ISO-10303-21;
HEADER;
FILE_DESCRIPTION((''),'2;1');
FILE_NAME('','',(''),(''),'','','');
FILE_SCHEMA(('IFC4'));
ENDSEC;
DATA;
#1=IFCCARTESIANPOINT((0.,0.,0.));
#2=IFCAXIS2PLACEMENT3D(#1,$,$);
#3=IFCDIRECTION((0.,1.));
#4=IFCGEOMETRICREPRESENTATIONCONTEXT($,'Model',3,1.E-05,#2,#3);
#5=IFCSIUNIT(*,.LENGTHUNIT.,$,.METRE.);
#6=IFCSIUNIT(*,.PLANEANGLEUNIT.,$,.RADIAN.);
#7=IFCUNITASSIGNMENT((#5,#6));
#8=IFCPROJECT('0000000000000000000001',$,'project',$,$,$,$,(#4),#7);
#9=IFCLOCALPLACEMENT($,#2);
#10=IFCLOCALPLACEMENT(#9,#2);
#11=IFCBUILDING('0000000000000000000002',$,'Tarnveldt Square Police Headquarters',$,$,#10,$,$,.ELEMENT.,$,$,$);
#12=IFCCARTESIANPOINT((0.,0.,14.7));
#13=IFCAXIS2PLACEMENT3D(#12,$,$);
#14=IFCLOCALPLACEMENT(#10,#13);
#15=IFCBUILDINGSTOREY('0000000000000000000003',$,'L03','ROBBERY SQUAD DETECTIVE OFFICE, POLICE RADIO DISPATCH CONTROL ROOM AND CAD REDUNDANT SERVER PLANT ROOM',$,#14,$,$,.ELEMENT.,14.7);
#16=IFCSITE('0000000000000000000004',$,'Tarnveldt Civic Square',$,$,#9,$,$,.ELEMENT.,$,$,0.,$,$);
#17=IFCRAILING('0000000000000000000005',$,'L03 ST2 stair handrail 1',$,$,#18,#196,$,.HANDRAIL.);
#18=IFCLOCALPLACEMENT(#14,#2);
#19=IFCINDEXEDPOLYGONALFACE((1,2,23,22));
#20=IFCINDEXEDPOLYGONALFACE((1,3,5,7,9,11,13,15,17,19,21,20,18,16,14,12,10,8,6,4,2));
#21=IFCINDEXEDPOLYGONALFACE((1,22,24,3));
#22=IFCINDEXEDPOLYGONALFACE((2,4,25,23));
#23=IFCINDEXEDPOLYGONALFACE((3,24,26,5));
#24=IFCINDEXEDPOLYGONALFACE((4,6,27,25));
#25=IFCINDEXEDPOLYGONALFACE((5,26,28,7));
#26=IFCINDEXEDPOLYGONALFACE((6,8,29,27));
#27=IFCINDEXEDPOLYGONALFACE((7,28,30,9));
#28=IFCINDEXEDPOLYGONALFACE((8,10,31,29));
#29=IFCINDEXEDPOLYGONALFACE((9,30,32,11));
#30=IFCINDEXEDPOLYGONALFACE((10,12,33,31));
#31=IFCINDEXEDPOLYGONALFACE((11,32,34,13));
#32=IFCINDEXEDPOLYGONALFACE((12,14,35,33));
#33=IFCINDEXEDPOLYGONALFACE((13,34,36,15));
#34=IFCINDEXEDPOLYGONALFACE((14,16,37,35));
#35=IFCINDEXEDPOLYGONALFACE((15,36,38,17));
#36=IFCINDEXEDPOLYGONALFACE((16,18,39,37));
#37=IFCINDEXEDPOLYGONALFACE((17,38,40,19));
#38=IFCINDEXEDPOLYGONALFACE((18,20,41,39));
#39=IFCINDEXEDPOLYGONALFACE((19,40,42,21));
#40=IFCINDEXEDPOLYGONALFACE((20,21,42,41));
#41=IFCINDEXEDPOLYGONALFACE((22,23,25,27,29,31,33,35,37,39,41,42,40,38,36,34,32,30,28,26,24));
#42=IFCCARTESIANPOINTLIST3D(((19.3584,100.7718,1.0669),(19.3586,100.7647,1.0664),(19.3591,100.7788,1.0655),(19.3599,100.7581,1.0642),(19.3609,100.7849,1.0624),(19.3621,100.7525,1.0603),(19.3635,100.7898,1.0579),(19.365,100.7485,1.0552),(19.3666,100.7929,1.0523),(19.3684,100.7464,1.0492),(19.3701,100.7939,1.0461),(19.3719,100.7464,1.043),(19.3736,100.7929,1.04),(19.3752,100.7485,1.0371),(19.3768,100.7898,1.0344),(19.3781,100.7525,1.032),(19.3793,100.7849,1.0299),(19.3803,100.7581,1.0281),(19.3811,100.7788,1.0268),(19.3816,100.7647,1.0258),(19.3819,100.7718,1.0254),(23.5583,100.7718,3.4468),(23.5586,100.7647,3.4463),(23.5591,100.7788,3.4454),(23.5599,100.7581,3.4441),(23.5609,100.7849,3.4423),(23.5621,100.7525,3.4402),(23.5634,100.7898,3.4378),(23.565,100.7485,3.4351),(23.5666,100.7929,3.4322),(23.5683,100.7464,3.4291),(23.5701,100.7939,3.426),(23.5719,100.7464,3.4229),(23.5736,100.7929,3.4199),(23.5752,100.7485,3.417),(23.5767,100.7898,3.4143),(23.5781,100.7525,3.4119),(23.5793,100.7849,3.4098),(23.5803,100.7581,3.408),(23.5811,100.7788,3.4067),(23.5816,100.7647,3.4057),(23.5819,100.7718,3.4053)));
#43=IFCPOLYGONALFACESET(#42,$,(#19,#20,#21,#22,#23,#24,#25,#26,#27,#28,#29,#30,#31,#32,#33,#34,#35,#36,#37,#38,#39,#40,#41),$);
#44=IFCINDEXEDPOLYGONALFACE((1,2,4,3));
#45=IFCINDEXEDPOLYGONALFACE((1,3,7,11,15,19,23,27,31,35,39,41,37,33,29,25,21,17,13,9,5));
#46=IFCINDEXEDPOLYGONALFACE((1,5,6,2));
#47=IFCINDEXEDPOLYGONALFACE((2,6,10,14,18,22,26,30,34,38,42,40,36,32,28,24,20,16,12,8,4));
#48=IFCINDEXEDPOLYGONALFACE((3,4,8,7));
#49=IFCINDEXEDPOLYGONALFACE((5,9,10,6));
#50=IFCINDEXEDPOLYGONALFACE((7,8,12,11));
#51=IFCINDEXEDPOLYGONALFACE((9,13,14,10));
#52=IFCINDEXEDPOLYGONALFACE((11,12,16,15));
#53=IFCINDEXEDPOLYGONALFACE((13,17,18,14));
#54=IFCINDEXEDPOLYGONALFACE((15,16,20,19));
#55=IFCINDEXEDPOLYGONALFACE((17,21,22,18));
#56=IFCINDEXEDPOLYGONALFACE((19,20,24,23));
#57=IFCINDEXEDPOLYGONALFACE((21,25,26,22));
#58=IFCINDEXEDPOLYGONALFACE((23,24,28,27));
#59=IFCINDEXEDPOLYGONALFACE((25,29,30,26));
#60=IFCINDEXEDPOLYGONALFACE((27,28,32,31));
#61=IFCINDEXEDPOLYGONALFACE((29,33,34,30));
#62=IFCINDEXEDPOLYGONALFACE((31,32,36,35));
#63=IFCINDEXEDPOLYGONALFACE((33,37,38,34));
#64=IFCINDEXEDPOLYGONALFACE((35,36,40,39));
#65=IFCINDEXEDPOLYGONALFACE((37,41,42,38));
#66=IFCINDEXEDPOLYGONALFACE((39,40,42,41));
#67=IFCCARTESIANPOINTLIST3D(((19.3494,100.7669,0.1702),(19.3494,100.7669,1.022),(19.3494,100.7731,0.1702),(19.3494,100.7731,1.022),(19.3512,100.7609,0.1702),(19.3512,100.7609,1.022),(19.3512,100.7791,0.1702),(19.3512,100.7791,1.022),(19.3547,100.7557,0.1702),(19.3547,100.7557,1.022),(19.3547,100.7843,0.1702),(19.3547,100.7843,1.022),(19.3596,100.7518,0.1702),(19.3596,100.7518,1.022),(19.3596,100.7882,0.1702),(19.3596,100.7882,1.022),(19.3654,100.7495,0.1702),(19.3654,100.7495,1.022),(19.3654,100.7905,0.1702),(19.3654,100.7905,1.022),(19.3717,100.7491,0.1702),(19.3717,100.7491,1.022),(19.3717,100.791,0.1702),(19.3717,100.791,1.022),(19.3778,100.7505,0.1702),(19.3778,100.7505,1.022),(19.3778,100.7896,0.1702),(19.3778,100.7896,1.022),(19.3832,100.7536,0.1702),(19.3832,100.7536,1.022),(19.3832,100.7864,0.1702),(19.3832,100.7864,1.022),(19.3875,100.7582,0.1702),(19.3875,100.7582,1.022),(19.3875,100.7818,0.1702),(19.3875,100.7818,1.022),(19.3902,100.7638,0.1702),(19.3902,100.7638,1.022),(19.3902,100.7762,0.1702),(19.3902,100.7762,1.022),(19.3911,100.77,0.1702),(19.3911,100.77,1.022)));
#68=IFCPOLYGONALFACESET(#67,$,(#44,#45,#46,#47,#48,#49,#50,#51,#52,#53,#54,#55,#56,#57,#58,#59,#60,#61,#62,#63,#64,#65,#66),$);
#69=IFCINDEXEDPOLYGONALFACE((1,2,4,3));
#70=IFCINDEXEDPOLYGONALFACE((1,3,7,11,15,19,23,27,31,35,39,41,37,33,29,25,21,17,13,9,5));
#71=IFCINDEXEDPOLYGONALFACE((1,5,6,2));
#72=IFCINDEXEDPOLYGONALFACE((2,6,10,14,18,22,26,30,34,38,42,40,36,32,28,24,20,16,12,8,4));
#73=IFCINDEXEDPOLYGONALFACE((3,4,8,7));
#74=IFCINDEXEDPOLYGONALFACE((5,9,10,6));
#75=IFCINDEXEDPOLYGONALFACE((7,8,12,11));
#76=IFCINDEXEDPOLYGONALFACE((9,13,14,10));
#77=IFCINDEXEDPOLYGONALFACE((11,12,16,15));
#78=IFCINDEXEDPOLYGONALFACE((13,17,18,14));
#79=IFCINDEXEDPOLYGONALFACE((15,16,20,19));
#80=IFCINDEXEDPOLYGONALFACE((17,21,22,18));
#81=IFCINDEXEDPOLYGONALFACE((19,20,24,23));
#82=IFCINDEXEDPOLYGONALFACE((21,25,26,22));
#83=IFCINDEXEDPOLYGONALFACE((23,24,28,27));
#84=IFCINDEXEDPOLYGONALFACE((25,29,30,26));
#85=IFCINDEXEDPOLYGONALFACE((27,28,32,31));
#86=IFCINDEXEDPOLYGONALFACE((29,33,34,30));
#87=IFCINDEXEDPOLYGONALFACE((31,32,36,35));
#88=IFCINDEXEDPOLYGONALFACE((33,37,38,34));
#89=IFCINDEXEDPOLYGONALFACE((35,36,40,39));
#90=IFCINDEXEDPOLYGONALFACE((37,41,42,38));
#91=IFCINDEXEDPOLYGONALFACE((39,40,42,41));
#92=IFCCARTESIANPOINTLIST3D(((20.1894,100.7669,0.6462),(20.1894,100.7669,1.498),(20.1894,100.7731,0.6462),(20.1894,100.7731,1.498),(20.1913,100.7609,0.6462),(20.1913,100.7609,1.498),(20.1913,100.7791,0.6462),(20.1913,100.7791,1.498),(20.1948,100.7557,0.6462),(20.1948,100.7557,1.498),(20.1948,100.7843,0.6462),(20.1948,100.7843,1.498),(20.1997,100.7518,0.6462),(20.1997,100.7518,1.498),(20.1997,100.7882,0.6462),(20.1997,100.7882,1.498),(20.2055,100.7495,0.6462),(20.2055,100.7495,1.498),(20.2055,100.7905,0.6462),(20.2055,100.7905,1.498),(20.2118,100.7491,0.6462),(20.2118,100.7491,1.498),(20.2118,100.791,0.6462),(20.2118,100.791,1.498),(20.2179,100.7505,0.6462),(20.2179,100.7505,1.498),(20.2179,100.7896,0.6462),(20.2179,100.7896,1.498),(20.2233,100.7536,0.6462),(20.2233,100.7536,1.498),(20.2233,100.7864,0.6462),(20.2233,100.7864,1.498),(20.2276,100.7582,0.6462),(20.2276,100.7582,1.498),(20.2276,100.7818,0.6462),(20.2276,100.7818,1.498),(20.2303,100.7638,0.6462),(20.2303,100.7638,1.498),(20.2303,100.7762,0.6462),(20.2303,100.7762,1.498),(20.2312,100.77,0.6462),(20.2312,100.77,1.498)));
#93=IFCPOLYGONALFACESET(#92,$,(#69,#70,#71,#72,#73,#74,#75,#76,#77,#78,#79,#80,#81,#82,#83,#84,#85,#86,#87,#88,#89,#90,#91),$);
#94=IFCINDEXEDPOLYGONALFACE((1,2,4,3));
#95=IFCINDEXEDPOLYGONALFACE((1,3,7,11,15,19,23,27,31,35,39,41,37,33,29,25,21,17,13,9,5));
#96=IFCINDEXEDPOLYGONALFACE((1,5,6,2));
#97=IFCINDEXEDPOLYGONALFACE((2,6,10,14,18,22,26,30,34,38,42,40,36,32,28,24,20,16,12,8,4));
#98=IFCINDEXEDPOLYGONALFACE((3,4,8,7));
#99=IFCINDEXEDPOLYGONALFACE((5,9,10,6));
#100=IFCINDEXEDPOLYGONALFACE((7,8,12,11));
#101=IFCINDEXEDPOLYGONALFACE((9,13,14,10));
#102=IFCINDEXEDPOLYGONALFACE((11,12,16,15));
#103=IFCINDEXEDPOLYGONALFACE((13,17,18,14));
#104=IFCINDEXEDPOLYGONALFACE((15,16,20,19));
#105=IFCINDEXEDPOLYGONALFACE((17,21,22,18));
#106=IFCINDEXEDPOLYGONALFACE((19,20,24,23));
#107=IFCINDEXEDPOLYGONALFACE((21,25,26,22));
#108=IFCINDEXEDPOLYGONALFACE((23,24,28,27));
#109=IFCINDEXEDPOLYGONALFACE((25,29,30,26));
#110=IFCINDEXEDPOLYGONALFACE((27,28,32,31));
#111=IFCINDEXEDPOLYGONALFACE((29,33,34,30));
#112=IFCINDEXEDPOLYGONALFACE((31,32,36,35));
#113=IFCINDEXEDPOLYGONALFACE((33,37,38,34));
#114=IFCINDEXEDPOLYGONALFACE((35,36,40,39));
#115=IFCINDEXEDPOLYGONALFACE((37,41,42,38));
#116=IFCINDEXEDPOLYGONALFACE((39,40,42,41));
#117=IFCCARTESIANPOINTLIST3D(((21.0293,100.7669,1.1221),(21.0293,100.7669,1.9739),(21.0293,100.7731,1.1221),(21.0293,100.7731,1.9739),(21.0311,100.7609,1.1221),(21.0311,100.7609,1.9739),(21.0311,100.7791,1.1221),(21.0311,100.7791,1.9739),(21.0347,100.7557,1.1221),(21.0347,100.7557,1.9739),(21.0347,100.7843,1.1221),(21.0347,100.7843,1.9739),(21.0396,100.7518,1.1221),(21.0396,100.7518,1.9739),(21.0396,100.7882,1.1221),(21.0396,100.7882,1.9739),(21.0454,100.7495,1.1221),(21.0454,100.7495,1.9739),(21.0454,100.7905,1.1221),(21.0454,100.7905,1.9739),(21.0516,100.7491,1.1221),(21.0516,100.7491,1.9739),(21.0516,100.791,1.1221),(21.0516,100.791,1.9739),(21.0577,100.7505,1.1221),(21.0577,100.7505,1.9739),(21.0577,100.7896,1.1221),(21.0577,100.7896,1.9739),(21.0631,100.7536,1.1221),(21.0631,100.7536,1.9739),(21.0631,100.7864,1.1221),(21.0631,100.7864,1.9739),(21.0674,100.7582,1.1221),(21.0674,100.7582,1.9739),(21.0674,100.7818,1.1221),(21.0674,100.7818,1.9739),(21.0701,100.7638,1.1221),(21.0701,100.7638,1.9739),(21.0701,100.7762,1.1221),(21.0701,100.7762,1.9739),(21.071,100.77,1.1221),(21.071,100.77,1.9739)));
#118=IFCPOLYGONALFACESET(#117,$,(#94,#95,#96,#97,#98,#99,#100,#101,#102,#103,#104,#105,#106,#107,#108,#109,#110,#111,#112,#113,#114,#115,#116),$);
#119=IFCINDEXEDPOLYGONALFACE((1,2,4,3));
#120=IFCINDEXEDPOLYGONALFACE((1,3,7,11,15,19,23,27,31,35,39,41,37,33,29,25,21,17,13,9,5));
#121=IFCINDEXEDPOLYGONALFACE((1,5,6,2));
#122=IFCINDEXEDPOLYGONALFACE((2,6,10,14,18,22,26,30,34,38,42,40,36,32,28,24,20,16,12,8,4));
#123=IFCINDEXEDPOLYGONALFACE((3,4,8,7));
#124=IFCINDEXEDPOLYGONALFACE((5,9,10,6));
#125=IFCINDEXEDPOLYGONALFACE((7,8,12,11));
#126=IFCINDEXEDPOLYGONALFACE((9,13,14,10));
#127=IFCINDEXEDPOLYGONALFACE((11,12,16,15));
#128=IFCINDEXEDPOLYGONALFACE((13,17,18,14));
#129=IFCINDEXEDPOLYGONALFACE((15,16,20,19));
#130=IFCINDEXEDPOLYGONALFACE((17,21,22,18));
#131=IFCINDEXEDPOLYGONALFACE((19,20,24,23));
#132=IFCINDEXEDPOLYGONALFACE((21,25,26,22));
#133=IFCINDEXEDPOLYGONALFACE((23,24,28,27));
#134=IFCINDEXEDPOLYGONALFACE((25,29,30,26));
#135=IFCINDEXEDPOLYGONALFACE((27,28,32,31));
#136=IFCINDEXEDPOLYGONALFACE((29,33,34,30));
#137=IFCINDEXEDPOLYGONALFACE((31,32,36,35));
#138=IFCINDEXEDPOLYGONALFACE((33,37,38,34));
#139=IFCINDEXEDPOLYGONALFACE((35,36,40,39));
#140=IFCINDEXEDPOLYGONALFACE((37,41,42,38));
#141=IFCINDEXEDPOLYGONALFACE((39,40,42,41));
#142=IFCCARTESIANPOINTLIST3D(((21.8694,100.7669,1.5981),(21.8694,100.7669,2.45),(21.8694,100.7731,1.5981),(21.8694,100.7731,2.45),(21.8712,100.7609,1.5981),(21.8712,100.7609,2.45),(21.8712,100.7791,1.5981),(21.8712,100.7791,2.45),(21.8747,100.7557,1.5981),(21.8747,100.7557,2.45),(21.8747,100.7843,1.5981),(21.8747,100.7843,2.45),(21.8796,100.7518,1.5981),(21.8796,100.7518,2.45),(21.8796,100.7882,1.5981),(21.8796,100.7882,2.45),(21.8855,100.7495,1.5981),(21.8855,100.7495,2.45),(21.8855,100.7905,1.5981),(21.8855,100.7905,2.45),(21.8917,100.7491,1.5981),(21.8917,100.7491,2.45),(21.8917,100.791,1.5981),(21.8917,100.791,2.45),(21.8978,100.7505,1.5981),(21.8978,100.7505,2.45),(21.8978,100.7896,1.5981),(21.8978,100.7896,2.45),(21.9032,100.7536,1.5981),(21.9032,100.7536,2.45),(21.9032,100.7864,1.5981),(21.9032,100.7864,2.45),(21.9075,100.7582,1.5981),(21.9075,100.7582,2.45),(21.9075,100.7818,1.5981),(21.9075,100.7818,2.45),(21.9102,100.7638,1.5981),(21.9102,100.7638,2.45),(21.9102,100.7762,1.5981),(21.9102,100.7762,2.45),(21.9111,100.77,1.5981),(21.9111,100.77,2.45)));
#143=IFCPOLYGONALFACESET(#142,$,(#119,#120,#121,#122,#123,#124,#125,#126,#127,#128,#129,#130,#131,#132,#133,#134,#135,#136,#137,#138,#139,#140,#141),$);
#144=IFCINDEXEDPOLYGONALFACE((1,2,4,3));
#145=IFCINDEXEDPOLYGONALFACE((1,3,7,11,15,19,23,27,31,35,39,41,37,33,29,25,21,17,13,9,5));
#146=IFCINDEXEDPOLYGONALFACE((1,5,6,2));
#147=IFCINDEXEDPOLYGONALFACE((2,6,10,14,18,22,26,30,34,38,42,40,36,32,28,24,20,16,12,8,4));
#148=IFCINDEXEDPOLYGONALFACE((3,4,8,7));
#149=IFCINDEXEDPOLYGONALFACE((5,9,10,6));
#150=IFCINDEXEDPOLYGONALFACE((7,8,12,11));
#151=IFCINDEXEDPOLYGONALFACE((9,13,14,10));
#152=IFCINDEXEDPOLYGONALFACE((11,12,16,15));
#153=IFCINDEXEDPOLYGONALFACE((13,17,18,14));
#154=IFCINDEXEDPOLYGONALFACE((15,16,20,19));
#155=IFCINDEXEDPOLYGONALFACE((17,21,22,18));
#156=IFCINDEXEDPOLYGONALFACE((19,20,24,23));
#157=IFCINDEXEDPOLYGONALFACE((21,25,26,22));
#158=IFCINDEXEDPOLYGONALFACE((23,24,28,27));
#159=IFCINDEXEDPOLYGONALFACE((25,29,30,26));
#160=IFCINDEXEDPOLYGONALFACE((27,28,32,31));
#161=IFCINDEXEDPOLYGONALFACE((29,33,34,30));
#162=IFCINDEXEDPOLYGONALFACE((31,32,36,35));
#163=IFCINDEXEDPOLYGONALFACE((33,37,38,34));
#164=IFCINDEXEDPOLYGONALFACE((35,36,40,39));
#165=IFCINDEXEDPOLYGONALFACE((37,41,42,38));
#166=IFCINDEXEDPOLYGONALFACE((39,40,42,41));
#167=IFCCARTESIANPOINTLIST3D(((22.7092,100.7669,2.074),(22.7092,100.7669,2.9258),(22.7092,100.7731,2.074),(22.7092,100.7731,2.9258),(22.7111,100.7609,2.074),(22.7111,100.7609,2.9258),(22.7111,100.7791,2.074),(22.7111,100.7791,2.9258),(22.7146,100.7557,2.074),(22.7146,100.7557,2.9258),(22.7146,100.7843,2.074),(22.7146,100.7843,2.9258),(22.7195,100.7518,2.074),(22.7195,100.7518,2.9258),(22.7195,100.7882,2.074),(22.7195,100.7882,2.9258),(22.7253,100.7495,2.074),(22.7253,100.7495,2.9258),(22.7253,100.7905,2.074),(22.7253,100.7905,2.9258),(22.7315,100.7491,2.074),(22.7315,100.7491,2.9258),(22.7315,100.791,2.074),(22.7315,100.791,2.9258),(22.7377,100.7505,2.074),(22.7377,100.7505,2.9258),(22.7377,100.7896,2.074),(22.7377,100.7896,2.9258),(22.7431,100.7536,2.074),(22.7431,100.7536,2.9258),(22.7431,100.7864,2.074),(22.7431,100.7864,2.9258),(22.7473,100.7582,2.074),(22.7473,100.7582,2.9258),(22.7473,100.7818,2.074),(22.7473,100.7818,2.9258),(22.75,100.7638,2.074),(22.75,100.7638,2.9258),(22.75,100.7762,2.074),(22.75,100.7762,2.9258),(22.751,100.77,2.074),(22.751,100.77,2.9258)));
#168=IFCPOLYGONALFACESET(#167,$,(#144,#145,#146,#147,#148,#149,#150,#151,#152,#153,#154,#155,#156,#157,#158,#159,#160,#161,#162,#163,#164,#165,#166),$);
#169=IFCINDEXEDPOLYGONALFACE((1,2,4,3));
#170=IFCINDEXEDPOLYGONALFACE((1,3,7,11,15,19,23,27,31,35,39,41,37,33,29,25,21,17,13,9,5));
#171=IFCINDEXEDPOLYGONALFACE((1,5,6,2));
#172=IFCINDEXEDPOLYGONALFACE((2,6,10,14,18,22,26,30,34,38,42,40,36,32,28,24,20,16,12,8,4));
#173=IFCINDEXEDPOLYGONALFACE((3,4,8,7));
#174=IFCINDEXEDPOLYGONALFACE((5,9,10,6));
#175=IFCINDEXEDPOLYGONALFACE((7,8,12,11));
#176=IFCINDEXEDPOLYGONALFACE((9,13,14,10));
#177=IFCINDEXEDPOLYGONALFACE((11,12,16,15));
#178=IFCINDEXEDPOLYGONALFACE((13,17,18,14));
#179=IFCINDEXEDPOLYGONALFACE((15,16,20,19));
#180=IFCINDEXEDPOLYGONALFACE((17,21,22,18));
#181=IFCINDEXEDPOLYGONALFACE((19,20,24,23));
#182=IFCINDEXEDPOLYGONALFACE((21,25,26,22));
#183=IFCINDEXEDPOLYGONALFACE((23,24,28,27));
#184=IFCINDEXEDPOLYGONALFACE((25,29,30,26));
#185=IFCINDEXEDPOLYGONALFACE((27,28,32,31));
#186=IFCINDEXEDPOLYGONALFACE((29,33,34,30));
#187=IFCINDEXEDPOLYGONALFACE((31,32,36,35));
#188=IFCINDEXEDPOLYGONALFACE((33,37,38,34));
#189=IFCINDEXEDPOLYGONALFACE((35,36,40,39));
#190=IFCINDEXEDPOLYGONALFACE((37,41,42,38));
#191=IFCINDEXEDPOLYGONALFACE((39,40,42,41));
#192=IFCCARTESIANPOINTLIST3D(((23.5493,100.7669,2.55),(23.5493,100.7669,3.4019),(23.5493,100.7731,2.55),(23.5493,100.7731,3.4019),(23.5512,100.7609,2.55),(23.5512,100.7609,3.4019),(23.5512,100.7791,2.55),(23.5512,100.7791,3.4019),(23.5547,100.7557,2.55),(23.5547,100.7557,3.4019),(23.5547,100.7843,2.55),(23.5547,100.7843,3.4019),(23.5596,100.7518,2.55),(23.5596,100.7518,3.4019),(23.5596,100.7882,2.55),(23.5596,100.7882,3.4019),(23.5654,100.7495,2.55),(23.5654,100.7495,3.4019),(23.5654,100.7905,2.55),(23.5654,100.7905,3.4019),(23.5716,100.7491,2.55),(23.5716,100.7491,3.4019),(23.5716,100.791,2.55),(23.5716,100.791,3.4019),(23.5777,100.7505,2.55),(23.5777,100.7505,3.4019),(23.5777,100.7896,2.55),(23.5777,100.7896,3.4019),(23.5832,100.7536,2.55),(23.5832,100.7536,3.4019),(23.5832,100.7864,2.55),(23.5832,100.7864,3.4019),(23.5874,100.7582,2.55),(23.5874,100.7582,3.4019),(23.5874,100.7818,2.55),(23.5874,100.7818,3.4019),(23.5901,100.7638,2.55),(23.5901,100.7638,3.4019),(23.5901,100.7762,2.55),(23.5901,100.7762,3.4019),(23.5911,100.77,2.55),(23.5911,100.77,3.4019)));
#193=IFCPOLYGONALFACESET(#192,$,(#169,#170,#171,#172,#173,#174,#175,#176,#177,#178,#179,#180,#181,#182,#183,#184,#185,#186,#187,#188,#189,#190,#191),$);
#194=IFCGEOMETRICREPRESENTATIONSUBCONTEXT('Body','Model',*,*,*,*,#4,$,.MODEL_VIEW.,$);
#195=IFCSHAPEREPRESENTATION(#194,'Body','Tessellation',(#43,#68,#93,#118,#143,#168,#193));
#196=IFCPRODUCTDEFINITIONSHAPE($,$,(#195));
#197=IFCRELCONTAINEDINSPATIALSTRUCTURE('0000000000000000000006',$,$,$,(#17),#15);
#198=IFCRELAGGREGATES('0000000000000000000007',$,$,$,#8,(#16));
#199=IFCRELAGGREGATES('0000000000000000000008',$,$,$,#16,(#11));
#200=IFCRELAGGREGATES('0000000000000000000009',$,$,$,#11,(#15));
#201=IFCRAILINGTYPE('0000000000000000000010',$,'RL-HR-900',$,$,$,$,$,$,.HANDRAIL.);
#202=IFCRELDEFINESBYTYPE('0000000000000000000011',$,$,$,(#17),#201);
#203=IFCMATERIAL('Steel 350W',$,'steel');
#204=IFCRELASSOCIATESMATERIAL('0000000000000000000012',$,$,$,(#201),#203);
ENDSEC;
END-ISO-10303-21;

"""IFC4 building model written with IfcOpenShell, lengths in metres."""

from ifc_helpers import new_model, si_unit, direction, frame, origin, origin_2d, place, context, subcontext, project, spatial, circle, extrude, material, type_object, element, save


model = new_model("IFC4")

# Units and contexts
model_context = context("Model", 3, precision=1e-05, world=origin(), true_north=direction((0.0, 1.0)))
body_context = subcontext(model_context, "Body", "Model", "MODEL_VIEW")
ifc_project = project(units=[si_unit("LENGTHUNIT", "METRE"), si_unit("PLANEANGLEUNIT", "RADIAN")], contexts=[model_context])

# Site, building, storey
site_placement = place(None, origin())
site = spatial("IfcSite", under=ifc_project, at=site_placement, Name="Tarnveldt Civic Square", CompositionType="ELEMENT", RefElevation=0.0)
building_placement = place(site_placement, origin())
building = spatial("IfcBuilding", under=site, at=building_placement, Name="Tarnveldt Square Police Headquarters", CompositionType="ELEMENT")
storey_placement = place(building_placement, frame((0.0, 0.0, 14.7)))
storey = spatial("IfcBuildingStorey", under=building, at=storey_placement, Name="L03", Description="ROBBERY SQUAD DETECTIVE OFFICE, POLICE RADIO DISPATCH CONTROL ROOM AND CAD REDUNDANT SERVER PLANT ROOM", CompositionType="ELEMENT", Elevation=14.7)

# Shared definitions
ifc_material_1 = material(Name="Steel 350W", Category="steel")

# Railing
railing_type_1 = type_object("IfcRailingType", Name="RL-HR-900", PredefinedType="HANDRAIL", material=ifc_material_1)
railing_1_placement = place(storey_placement, frame((19.3701, 100.77, 0.1702)))
element("IfcRailing", 1, at=railing_1_placement, inside=storey, type_object=railing_type_1, Name="L03 ST2 stair handrail 1", PredefinedType="HANDRAIL", context=body_context, shape_type="SweptSolid", body=[
    extrude(circle(Radius=0.0239, at=origin_2d()), frame((0.0, 0.0, 0.876), z_axis=(0.87003, 0.0, 0.492999), x_axis=(0.0, 1.0, 0.0)), (0.0, 0.0, 1.0), 4.8274),
    extrude(circle(Radius=0.021, at=origin_2d()), origin(), (0.0, 0.0, 1.0), 0.8518),
    extrude(circle(Radius=0.021, at=origin_2d()), frame((0.8401, 0.0, 0.4761)), (0.0, 0.0, 1.0), 0.8518),
    extrude(circle(Radius=0.021, at=origin_2d()), frame((1.6799, 0.0, 0.9519)), (0.0, 0.0, 1.0), 0.8518),
    extrude(circle(Radius=0.021, at=origin_2d()), frame((2.52, 0.0, 1.428)), (0.0, 0.0, 1.0), 0.8518),
    extrude(circle(Radius=0.021, at=origin_2d()), frame((3.3599, 0.0, 1.9038)), (0.0, 0.0, 1.0), 0.8518),
    extrude(circle(Radius=0.021, at=origin_2d()), frame((4.2, 0.0, 2.3799)), (0.0, 0.0, 1.0), 0.8518),
])

save(model, "model.ifc")
